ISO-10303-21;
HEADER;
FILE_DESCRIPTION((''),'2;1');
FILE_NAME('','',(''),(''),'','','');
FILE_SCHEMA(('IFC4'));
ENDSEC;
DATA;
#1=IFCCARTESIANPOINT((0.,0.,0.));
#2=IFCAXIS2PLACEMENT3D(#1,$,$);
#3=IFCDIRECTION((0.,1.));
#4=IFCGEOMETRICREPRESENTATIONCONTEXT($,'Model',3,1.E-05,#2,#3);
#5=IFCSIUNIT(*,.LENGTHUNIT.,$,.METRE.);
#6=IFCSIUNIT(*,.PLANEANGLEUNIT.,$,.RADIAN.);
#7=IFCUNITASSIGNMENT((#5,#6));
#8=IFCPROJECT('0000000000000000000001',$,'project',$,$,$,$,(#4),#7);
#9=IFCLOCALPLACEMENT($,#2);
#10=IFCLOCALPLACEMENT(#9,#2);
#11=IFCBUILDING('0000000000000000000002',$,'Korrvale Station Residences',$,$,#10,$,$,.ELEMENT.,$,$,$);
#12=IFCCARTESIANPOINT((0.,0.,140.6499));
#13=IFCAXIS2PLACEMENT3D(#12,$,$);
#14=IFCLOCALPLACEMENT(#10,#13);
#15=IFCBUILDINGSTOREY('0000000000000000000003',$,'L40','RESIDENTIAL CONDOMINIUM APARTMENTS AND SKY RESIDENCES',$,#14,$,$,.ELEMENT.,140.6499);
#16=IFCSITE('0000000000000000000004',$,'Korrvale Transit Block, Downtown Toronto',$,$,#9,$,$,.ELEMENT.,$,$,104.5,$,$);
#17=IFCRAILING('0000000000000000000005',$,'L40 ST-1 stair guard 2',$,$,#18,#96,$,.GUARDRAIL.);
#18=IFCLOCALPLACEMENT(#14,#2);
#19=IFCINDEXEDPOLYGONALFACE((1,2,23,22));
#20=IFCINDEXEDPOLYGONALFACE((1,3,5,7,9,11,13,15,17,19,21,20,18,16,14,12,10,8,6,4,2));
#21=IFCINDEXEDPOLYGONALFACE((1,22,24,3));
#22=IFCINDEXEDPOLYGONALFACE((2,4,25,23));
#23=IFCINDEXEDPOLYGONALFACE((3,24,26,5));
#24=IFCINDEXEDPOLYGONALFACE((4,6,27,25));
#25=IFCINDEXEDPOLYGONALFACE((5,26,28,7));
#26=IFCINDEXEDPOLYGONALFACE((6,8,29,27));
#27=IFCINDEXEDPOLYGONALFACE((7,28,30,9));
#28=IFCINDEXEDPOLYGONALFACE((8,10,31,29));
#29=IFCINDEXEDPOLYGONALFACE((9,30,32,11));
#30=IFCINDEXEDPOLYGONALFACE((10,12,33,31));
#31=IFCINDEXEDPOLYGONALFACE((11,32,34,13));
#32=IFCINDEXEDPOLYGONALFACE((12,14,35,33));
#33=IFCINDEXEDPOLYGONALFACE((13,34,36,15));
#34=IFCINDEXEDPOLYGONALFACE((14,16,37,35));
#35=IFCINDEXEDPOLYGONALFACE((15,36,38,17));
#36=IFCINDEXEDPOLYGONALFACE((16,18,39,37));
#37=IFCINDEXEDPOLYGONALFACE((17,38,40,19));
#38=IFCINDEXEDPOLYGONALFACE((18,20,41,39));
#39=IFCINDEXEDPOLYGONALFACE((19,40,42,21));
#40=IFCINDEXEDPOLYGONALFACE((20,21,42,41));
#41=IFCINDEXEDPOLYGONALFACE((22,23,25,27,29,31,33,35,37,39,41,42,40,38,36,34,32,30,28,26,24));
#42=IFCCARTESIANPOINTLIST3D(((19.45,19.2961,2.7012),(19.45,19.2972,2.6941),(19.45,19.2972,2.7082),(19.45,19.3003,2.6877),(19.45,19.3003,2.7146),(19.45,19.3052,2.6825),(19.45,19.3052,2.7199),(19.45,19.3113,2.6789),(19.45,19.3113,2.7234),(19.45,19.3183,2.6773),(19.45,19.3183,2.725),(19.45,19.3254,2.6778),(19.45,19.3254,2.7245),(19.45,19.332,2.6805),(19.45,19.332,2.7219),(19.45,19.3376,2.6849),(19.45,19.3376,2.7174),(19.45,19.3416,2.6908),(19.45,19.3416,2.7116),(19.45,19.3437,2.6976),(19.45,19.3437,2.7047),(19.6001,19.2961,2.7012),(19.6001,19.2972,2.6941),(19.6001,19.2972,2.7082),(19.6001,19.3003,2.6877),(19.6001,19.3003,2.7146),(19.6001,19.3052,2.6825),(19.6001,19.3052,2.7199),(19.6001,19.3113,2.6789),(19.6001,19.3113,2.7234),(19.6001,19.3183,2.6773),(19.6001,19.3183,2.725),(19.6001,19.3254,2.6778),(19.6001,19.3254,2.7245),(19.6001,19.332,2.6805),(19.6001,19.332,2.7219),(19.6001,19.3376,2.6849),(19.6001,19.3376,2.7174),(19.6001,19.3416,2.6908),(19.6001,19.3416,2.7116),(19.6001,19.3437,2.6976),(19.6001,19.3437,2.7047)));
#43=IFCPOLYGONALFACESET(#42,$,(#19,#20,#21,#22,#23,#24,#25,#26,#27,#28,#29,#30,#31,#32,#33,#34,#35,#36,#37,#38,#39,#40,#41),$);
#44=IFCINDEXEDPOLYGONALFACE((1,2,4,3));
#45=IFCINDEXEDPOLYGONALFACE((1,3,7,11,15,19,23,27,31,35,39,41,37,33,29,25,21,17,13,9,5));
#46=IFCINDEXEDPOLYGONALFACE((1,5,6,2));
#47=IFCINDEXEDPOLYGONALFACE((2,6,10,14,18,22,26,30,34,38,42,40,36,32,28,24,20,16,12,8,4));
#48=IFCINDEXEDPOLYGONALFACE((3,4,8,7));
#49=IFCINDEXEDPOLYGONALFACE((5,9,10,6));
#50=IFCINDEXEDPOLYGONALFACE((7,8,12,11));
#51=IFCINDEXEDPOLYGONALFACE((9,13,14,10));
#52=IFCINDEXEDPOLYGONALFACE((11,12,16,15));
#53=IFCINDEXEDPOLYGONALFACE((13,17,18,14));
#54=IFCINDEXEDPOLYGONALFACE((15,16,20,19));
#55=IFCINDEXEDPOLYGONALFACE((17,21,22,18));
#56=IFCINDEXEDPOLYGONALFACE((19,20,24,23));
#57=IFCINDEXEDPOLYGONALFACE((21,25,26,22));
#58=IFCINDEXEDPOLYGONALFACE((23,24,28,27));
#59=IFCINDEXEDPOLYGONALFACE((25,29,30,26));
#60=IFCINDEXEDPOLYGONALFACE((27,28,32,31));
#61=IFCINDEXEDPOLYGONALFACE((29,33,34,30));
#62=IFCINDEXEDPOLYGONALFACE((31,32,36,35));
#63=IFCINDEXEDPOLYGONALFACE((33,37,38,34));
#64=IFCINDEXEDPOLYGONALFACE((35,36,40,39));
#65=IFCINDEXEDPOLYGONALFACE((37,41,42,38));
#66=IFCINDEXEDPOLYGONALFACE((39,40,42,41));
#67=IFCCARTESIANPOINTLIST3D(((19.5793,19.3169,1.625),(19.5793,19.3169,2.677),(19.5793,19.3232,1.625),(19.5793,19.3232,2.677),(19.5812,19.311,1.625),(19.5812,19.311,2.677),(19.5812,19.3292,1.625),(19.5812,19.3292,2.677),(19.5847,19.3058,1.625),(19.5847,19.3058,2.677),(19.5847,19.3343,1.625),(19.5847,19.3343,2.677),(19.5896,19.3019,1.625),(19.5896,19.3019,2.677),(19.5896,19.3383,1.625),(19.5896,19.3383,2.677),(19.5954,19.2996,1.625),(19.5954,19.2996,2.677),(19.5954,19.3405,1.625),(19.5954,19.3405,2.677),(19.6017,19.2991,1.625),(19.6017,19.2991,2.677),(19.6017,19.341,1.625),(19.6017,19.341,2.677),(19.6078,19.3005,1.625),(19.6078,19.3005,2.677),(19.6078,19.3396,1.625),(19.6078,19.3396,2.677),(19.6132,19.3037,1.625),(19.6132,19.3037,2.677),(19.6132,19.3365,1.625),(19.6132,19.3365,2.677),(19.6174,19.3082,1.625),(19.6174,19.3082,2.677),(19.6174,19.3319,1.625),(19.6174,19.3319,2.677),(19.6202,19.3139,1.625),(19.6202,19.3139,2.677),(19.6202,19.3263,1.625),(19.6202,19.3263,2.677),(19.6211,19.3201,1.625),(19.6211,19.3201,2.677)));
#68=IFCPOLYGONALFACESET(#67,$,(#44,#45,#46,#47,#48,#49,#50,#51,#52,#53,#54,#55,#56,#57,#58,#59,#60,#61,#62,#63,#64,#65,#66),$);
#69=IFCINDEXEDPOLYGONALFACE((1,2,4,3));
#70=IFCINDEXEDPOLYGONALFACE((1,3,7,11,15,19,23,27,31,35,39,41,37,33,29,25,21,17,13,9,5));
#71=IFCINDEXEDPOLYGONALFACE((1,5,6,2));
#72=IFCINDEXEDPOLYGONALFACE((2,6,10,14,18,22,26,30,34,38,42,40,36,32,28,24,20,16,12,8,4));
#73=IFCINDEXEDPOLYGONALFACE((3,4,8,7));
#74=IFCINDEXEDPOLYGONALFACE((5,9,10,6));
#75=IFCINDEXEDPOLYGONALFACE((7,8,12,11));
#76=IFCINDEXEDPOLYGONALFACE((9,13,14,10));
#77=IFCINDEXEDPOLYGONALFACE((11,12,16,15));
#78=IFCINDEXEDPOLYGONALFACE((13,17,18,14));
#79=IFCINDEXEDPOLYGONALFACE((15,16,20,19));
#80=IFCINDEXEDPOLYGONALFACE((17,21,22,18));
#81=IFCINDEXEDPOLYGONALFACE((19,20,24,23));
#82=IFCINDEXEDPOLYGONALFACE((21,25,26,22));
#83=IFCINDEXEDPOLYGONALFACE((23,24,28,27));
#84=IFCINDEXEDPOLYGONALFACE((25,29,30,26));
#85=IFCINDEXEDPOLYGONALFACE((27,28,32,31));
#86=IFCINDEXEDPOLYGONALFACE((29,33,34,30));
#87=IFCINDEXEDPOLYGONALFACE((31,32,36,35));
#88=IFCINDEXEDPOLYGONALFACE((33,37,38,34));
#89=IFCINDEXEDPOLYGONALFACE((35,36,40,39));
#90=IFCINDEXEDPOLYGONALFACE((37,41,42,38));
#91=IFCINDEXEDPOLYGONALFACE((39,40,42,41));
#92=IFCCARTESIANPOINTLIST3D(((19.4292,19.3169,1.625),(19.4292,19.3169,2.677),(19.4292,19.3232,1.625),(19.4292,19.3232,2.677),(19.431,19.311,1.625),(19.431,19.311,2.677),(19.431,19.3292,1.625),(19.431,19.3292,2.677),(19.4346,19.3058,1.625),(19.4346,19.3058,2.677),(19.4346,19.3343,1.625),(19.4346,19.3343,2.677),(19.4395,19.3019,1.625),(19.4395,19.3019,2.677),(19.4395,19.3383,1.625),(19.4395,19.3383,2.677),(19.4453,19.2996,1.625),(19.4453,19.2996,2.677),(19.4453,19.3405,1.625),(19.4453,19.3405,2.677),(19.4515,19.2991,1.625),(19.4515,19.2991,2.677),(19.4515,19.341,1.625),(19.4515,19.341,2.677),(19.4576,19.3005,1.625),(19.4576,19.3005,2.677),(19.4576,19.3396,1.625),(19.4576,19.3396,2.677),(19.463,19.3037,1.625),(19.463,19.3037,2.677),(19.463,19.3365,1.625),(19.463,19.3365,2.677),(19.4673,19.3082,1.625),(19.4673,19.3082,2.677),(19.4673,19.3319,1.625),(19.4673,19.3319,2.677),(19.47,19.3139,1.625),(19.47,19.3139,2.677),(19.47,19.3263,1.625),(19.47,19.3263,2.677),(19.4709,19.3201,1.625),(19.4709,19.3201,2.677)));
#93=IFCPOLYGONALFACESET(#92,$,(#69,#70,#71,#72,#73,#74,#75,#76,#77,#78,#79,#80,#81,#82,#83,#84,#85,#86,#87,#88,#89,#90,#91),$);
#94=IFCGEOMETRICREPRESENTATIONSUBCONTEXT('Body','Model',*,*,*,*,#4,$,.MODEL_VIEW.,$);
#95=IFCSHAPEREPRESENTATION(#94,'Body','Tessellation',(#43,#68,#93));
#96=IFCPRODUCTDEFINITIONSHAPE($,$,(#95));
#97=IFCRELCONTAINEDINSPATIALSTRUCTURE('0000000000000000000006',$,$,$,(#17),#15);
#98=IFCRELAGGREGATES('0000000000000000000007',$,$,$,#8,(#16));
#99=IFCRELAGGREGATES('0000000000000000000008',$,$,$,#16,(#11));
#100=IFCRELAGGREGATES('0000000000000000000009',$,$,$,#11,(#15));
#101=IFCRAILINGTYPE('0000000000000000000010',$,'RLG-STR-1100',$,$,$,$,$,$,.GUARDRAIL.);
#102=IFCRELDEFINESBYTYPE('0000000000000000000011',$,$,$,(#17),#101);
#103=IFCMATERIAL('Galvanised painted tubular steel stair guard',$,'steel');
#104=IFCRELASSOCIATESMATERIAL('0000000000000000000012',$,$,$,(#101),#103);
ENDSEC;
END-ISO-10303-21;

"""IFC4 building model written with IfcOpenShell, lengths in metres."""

from ifc_helpers import new_model, si_unit, direction, frame, origin, origin_2d, place, context, subcontext, project, spatial, circle, extrude, material, type_object, element, save


model = new_model("IFC4")

# Units and contexts
model_context = context("Model", 3, precision=1e-05, world=origin(), true_north=direction((0.0, 1.0)))
body_context = subcontext(model_context, "Body", "Model", "MODEL_VIEW")
ifc_project = project(units=[si_unit("LENGTHUNIT", "METRE"), si_unit("PLANEANGLEUNIT", "RADIAN")], contexts=[model_context])

# Site, building, storey
site_placement = place(None, origin())
site = spatial("IfcSite", under=ifc_project, at=site_placement, Name="Korrvale Transit Block, Downtown Toronto", CompositionType="ELEMENT", RefElevation=104.5)
building_placement = place(site_placement, origin())
building = spatial("IfcBuilding", under=site, at=building_placement, Name="Korrvale Station Residences", CompositionType="ELEMENT")
storey_placement = place(building_placement, frame((0.0, 0.0, 140.6499)))
storey = spatial("IfcBuildingStorey", under=building, at=storey_placement, Name="L40", Description="RESIDENTIAL CONDOMINIUM APARTMENTS AND SKY RESIDENCES", CompositionType="ELEMENT", Elevation=140.6499)

# Railing
ifc_material_1 = material(Name="Galvanised painted tubular steel stair guard", Category="steel")
railing_type_1 = type_object("IfcRailingType", Name="RLG-STR-1100", PredefinedType="GUARDRAIL", material=ifc_material_1)
railing_1_placement = place(storey_placement, frame((19.6001, 19.3201, 1.625)))
element("IfcRailing", 1, at=railing_1_placement, inside=storey, type_object=railing_type_1, Name="L40 ST-1 stair guard 2", PredefinedType="GUARDRAIL", context=body_context, shape_type="SweptSolid", body=[
    extrude(circle(Radius=0.0239, at=origin_2d()), frame((0.0, 0.0, 1.0762), z_axis=(-1.0, 0.0, 0.0), x_axis=(0.0, -1.0, 0.0)), (0.0, 0.0, 1.0), 0.1501),
    extrude(circle(Radius=0.021, at=origin_2d()), origin(), (0.0, 0.0, 1.0), 1.052),
    extrude(circle(Radius=0.021, at=origin_2d()), frame((-0.1501, 0.0, 0.0)), (0.0, 0.0, 1.0), 1.052),
])

save(model, "model.ifc")
